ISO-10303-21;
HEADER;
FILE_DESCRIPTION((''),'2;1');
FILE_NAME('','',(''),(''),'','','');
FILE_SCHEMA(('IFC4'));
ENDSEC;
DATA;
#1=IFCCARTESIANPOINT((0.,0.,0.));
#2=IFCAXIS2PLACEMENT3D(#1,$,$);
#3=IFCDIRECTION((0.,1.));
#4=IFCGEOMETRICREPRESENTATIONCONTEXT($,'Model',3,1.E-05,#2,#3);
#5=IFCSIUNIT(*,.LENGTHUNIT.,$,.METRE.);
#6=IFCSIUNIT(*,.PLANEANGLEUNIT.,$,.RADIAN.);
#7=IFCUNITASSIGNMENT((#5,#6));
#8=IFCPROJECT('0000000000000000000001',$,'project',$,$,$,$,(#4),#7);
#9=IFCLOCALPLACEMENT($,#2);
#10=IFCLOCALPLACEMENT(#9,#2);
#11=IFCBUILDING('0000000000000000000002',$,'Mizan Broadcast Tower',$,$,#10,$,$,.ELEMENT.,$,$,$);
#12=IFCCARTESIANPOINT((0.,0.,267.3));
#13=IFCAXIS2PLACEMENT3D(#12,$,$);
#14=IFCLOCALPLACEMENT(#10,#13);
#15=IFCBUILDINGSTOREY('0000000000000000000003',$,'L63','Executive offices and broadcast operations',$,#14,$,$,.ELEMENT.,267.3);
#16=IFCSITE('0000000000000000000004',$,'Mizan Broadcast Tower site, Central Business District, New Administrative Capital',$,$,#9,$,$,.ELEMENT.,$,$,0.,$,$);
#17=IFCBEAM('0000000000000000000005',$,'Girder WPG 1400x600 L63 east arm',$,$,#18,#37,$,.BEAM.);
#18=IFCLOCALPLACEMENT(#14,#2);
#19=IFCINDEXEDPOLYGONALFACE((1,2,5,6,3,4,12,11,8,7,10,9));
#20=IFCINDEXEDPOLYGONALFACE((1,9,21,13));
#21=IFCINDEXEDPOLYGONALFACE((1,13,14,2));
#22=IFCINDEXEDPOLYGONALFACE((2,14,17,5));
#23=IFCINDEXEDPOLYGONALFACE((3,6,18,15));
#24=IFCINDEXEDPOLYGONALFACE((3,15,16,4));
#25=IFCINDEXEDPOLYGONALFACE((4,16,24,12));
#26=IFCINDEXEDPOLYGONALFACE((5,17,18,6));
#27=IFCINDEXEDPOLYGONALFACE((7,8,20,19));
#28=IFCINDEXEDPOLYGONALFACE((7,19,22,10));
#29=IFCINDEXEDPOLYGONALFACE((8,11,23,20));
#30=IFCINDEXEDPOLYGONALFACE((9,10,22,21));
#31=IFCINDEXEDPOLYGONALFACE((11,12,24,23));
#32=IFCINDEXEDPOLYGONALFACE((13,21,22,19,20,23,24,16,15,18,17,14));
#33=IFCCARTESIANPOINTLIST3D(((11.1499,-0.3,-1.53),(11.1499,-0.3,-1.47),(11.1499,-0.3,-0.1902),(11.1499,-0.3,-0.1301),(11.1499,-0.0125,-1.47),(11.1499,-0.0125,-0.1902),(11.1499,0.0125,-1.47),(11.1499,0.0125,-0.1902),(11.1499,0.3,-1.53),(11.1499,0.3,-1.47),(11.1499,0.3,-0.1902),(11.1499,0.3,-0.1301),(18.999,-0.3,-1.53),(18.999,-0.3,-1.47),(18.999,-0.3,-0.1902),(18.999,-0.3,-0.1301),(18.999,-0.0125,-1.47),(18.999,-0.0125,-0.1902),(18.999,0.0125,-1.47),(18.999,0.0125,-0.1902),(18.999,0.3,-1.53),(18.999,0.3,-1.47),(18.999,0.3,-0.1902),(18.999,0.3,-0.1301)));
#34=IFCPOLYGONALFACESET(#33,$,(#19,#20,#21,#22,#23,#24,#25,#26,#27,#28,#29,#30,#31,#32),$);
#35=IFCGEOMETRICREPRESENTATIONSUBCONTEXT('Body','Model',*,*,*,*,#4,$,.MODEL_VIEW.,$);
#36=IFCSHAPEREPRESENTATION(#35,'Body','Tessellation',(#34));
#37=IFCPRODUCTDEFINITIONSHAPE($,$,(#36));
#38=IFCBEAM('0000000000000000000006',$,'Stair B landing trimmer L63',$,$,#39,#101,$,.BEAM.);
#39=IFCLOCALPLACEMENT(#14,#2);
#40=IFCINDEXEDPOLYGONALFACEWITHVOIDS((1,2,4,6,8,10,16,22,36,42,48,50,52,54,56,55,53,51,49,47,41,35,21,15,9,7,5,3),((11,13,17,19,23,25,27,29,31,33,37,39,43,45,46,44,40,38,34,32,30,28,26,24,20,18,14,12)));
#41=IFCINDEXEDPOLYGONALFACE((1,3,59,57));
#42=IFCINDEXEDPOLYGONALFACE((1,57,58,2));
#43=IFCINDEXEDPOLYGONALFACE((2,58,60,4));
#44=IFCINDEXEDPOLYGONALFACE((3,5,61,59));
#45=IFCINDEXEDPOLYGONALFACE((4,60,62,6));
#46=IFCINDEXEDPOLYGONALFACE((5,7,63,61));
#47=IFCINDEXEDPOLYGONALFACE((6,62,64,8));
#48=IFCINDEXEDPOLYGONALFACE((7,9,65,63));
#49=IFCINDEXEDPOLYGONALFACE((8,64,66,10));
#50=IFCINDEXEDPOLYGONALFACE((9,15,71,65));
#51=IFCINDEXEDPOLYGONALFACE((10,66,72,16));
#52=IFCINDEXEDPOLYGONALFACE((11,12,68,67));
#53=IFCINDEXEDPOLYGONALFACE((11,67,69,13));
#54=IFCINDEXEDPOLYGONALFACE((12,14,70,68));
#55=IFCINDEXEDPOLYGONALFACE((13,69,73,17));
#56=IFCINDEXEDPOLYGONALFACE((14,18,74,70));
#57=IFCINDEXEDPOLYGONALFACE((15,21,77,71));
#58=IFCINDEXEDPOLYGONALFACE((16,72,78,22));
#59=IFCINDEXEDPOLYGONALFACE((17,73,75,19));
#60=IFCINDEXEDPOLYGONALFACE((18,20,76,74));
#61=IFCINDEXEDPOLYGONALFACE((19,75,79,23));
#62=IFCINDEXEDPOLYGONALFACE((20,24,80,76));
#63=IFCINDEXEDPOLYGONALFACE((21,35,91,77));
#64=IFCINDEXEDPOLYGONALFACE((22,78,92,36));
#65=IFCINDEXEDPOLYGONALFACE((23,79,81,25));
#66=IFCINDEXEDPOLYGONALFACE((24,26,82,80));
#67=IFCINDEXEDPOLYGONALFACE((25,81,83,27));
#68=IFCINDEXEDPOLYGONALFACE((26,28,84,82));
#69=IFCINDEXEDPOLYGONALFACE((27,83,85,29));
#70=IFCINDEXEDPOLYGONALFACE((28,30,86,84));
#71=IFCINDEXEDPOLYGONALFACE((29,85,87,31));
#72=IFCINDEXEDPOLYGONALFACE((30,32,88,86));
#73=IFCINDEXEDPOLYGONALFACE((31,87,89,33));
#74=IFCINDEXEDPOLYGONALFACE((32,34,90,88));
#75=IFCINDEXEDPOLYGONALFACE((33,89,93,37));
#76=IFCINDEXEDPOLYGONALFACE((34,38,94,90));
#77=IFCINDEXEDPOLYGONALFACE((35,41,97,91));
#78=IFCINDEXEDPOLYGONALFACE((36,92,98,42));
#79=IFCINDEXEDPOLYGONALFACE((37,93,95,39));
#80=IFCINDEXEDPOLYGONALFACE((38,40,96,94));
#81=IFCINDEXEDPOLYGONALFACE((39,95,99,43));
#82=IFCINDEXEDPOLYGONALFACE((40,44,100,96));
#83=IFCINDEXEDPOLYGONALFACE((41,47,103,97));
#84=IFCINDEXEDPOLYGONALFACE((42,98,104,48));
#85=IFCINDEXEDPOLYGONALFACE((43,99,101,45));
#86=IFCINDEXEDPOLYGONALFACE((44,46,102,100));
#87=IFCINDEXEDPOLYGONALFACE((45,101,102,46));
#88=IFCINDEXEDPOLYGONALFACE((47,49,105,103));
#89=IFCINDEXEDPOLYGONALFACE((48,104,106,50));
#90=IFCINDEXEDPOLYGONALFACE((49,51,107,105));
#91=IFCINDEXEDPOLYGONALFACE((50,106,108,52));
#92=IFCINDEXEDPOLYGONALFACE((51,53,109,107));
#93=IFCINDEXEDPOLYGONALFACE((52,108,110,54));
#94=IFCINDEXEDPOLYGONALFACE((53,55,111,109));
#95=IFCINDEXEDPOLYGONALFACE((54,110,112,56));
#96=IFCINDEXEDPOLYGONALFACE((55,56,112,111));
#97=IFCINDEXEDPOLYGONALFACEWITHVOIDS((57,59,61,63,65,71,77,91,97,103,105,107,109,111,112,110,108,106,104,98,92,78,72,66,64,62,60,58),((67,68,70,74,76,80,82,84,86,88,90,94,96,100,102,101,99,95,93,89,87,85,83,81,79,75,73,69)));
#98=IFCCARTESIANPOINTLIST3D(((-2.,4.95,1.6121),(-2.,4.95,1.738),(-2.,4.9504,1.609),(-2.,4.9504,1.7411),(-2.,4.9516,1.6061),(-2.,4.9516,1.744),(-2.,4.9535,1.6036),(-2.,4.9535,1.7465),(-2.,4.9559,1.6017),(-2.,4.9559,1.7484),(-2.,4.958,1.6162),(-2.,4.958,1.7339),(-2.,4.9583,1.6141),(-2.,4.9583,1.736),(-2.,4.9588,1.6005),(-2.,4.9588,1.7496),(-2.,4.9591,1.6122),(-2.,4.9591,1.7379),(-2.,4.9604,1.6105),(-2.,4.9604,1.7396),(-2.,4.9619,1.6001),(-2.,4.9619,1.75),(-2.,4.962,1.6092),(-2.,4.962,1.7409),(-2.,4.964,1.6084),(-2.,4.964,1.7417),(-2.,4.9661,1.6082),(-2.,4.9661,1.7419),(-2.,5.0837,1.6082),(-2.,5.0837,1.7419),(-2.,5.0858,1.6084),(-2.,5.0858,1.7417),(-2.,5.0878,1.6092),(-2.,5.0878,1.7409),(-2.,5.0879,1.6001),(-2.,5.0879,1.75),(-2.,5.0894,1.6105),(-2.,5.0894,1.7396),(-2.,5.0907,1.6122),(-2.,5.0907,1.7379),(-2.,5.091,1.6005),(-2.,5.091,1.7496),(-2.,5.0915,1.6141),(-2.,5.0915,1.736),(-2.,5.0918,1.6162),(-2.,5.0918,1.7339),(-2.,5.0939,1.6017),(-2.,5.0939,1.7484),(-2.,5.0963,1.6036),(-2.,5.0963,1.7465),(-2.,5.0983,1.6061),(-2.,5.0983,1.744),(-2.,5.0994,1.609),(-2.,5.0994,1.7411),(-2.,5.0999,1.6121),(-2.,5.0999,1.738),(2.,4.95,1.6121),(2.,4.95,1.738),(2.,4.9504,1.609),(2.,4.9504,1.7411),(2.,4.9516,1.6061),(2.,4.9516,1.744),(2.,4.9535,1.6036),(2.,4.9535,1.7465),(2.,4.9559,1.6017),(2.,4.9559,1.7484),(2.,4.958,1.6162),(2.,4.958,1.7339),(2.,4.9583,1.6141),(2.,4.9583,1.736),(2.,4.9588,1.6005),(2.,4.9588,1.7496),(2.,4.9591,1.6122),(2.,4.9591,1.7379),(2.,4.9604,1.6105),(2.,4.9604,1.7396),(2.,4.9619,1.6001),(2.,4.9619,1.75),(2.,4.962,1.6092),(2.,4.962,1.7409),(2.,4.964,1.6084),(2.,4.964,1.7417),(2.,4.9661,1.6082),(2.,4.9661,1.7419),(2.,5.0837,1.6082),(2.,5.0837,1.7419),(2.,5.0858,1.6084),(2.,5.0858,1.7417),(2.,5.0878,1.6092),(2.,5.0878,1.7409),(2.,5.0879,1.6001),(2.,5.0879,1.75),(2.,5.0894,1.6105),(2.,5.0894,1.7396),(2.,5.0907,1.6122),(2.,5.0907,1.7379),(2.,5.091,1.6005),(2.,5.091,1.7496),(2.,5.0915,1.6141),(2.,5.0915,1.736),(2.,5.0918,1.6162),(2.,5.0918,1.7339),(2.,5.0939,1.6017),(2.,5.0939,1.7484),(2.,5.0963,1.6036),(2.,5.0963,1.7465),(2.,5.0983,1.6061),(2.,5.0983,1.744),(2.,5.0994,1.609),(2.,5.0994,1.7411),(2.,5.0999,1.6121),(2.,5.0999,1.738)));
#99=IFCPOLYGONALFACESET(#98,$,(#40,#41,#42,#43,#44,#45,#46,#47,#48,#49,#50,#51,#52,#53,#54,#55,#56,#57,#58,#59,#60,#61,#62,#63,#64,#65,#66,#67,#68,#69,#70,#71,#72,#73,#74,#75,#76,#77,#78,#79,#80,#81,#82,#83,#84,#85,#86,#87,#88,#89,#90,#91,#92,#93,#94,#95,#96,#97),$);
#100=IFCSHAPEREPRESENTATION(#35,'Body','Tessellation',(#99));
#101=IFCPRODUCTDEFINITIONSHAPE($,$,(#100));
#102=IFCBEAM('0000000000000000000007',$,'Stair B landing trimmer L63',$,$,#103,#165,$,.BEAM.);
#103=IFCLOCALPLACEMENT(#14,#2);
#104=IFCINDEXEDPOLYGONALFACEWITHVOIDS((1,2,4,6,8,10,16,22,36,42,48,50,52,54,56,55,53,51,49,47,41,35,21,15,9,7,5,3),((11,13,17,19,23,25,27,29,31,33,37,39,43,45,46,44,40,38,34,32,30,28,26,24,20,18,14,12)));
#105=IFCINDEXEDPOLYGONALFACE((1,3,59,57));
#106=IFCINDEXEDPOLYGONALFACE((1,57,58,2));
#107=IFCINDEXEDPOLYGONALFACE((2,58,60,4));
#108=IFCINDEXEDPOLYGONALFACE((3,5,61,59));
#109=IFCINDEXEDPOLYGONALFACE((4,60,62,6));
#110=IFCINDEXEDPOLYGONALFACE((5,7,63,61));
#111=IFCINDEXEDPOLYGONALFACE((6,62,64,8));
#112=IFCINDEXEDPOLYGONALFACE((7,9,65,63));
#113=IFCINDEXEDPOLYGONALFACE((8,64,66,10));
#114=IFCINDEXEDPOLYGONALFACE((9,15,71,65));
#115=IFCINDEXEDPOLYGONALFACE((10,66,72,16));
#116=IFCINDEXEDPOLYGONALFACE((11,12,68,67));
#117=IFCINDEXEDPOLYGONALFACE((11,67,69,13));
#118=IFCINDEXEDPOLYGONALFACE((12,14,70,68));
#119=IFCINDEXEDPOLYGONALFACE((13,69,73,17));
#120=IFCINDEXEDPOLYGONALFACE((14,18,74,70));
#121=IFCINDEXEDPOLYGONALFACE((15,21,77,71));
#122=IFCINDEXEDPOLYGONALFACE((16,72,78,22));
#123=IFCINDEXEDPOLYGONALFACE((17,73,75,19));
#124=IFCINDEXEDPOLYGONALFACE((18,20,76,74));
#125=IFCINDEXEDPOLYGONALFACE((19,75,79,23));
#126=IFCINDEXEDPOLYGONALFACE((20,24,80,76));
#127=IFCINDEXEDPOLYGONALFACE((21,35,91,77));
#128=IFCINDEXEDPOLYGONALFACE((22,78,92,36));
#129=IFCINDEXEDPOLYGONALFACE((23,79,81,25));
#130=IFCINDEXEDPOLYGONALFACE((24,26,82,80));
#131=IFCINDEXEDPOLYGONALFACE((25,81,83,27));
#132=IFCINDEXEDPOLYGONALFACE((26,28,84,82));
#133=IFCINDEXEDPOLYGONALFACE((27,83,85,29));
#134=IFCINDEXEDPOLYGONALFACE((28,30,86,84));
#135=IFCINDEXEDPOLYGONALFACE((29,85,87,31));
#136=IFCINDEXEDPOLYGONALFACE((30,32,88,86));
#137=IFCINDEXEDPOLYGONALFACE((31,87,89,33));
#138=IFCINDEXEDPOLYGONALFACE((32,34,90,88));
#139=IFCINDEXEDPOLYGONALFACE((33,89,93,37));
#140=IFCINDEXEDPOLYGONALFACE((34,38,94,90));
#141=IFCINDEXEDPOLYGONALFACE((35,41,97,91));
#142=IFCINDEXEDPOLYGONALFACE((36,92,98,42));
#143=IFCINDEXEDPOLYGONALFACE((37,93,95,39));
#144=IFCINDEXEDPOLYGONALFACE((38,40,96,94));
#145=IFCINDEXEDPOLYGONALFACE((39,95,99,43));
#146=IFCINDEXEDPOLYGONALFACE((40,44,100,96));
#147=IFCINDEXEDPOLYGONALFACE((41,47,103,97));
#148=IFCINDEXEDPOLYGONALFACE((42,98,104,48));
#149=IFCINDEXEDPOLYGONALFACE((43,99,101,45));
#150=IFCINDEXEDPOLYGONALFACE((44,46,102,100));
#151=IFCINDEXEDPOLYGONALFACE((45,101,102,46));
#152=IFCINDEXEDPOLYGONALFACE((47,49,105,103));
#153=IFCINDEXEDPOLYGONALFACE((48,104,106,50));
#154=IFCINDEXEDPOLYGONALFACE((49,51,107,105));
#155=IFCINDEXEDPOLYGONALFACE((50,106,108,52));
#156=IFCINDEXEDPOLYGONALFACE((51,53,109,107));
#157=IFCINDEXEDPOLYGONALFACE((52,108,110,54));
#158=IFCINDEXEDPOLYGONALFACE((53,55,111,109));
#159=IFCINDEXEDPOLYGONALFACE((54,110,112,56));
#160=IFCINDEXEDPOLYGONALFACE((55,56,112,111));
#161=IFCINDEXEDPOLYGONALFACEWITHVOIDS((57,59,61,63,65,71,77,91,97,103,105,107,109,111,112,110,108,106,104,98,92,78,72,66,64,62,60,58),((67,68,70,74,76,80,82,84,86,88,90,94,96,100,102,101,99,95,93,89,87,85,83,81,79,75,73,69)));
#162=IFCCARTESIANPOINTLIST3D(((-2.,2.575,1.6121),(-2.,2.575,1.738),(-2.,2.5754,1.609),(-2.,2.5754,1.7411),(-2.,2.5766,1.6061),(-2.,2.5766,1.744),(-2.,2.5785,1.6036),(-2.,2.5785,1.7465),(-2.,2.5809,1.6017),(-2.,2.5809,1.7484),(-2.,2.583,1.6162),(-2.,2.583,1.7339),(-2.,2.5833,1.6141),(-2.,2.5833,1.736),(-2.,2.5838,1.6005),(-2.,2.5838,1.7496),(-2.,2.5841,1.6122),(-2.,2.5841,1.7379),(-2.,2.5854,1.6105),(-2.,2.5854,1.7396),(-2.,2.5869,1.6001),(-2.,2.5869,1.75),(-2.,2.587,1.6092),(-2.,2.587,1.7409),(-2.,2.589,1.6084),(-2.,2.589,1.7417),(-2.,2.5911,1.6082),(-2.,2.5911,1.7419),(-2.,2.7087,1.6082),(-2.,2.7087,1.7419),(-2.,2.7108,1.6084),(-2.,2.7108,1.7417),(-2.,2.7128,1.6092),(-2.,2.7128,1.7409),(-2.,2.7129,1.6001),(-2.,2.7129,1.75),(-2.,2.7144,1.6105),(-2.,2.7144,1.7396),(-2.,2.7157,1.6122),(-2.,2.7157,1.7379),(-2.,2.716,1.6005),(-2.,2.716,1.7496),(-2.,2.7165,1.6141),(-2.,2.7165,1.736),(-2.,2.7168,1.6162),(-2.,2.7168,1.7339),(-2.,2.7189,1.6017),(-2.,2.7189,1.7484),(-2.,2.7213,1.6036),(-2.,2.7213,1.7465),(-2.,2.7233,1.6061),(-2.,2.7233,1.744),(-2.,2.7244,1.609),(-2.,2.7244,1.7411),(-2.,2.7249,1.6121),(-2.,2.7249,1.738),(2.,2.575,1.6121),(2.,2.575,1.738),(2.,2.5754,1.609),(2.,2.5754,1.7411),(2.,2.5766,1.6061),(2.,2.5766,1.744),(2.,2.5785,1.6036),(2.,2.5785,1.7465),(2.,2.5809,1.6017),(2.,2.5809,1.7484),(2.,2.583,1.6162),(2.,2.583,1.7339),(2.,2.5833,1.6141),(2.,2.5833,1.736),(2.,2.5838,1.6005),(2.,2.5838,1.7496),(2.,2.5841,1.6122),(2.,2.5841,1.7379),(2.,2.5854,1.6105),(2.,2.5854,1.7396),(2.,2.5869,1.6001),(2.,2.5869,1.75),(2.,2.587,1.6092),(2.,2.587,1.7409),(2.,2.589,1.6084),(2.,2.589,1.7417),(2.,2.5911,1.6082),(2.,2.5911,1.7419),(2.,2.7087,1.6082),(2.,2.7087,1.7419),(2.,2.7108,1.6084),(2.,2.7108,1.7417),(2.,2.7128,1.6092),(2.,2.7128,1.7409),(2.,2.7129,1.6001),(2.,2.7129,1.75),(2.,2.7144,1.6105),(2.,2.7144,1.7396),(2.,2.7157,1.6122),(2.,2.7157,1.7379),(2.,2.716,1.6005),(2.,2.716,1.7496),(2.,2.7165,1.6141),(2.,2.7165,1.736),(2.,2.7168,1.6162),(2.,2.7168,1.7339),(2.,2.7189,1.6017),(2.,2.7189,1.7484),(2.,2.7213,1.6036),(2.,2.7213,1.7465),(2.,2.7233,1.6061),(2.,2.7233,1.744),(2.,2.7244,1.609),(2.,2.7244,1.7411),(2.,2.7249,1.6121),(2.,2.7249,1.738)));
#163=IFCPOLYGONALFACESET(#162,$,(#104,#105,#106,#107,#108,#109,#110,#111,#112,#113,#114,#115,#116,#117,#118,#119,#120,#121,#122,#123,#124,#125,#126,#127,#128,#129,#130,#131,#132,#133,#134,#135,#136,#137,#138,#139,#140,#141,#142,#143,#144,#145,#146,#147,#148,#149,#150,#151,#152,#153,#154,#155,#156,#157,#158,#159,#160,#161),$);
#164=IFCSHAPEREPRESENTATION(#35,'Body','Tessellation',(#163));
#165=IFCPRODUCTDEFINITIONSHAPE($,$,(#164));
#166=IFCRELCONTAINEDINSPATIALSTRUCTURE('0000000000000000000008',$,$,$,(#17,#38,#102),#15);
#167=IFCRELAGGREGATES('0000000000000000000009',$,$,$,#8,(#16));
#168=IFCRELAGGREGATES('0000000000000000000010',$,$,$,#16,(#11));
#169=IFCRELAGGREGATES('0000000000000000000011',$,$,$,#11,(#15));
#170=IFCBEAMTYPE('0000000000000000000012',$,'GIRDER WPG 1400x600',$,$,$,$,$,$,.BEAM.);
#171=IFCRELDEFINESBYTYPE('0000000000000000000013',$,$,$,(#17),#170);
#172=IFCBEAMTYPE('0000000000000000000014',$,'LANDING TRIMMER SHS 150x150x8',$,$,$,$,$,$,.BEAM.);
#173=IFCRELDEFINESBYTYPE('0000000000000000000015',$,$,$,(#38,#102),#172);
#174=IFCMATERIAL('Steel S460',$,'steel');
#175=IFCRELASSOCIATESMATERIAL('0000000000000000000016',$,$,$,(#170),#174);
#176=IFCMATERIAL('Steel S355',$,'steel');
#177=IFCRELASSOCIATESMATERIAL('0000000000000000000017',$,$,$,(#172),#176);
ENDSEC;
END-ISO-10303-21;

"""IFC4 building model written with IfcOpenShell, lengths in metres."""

from ifc_helpers import new_model, si_unit, direction, frame, origin, origin_2d, place, context, subcontext, project, spatial, hollow_rectangle, i_section, extrude, material, material_profile, profile_set, type_object, element, save


model = new_model("IFC4")

# Units and contexts
model_context = context("Model", 3, precision=1e-05, world=origin(), true_north=direction((0.0, 1.0)))
body_context = subcontext(model_context, "Body", "Model", "MODEL_VIEW")
ifc_project = project(units=[si_unit("LENGTHUNIT", "METRE"), si_unit("PLANEANGLEUNIT", "RADIAN")], contexts=[model_context])

# Site, building, storey
site_placement = place(None, origin())
site = spatial("IfcSite", under=ifc_project, at=site_placement, Name="Mizan Broadcast Tower site, Central Business District, New Administrative Capital", CompositionType="ELEMENT", RefElevation=0.0)
building_placement = place(site_placement, origin())
building = spatial("IfcBuilding", under=site, at=building_placement, Name="Mizan Broadcast Tower", CompositionType="ELEMENT")
storey_placement = place(building_placement, frame((0.0, 0.0, 267.3)))
storey = spatial("IfcBuildingStorey", under=building, at=storey_placement, Name="L63", Description="Executive offices and broadcast operations", CompositionType="ELEMENT", Elevation=267.3)

# Beams
ifc_material_1 = material(Name="Steel S460", Category="steel")
ifc_material_profile_1 = material_profile(ifc_material_1, i_section(OverallWidth=0.6001, OverallDepth=1.3999, WebThickness=0.0249, FlangeThickness=0.0601, at=origin_2d()), Name="WPG 1400x600")
ifc_profile_set_1 = profile_set([ifc_material_profile_1], Name="Steel S460")
beam_type_1 = type_object("IfcBeamType", Name="GIRDER WPG 1400x600", PredefinedType="BEAM", material=ifc_profile_set_1)
beam_placement = place(storey_placement, frame((11.1499, 0.0, -0.8301), z_axis=(1.0, 0.0, 0.0), x_axis=(0.0, 1.0, 0.0)))
element("IfcBeam", 1, at=beam_placement, inside=storey, type_object=beam_type_1, Name="Girder WPG 1400x600 L63 east arm", PredefinedType="BEAM", context=body_context, shape_type="SweptSolid", body=[
    extrude(i_section(OverallWidth=0.6001, OverallDepth=1.3999, WebThickness=0.0249, FlangeThickness=0.0601, at=origin_2d()), origin(), (0.0, 0.0, 1.0), 7.8491),
])
ifc_material_2 = material(Name="Steel S355", Category="steel")
ifc_material_profile_2 = material_profile(ifc_material_2, hollow_rectangle(XDim=0.1499, YDim=0.1499, WallThickness=0.0081, InnerFilletRadius=0.0081, OuterFilletRadius=0.012, at=origin_2d()), Name="SHS 150x150x8")
ifc_profile_set_2 = profile_set([ifc_material_profile_2], Name="Steel S355")
beam_type_2 = type_object("IfcBeamType", Name="LANDING TRIMMER SHS 150x150x8", PredefinedType="BEAM", material=ifc_profile_set_2)
for number, where, z_axis, x_axis, name in (
    (2, (2.0, 5.0249, 1.675), (-1.0, 0.0, 0.0), (0.0, -1.0, 0.0), "Stair B landing trimmer L63"),
    (3, (2.0, 2.6499, 1.675), (-1.0, 0.0, 0.0), (0.0, -1.0, 0.0), "Stair B landing trimmer L63"),
):
    element("IfcBeam", number, at=place(storey_placement, frame(where, z_axis=z_axis, x_axis=x_axis)), inside=storey, type_object=beam_type_2, Name=name, PredefinedType="BEAM", context=body_context, shape_type="SweptSolid", body=[
        extrude(hollow_rectangle(XDim=0.1499, YDim=0.1499, WallThickness=0.0081, InnerFilletRadius=0.0081, OuterFilletRadius=0.012, at=origin_2d()), origin(), (0.0, 0.0, 1.0), 4.0),
    ])

save(model, "model.ifc")
